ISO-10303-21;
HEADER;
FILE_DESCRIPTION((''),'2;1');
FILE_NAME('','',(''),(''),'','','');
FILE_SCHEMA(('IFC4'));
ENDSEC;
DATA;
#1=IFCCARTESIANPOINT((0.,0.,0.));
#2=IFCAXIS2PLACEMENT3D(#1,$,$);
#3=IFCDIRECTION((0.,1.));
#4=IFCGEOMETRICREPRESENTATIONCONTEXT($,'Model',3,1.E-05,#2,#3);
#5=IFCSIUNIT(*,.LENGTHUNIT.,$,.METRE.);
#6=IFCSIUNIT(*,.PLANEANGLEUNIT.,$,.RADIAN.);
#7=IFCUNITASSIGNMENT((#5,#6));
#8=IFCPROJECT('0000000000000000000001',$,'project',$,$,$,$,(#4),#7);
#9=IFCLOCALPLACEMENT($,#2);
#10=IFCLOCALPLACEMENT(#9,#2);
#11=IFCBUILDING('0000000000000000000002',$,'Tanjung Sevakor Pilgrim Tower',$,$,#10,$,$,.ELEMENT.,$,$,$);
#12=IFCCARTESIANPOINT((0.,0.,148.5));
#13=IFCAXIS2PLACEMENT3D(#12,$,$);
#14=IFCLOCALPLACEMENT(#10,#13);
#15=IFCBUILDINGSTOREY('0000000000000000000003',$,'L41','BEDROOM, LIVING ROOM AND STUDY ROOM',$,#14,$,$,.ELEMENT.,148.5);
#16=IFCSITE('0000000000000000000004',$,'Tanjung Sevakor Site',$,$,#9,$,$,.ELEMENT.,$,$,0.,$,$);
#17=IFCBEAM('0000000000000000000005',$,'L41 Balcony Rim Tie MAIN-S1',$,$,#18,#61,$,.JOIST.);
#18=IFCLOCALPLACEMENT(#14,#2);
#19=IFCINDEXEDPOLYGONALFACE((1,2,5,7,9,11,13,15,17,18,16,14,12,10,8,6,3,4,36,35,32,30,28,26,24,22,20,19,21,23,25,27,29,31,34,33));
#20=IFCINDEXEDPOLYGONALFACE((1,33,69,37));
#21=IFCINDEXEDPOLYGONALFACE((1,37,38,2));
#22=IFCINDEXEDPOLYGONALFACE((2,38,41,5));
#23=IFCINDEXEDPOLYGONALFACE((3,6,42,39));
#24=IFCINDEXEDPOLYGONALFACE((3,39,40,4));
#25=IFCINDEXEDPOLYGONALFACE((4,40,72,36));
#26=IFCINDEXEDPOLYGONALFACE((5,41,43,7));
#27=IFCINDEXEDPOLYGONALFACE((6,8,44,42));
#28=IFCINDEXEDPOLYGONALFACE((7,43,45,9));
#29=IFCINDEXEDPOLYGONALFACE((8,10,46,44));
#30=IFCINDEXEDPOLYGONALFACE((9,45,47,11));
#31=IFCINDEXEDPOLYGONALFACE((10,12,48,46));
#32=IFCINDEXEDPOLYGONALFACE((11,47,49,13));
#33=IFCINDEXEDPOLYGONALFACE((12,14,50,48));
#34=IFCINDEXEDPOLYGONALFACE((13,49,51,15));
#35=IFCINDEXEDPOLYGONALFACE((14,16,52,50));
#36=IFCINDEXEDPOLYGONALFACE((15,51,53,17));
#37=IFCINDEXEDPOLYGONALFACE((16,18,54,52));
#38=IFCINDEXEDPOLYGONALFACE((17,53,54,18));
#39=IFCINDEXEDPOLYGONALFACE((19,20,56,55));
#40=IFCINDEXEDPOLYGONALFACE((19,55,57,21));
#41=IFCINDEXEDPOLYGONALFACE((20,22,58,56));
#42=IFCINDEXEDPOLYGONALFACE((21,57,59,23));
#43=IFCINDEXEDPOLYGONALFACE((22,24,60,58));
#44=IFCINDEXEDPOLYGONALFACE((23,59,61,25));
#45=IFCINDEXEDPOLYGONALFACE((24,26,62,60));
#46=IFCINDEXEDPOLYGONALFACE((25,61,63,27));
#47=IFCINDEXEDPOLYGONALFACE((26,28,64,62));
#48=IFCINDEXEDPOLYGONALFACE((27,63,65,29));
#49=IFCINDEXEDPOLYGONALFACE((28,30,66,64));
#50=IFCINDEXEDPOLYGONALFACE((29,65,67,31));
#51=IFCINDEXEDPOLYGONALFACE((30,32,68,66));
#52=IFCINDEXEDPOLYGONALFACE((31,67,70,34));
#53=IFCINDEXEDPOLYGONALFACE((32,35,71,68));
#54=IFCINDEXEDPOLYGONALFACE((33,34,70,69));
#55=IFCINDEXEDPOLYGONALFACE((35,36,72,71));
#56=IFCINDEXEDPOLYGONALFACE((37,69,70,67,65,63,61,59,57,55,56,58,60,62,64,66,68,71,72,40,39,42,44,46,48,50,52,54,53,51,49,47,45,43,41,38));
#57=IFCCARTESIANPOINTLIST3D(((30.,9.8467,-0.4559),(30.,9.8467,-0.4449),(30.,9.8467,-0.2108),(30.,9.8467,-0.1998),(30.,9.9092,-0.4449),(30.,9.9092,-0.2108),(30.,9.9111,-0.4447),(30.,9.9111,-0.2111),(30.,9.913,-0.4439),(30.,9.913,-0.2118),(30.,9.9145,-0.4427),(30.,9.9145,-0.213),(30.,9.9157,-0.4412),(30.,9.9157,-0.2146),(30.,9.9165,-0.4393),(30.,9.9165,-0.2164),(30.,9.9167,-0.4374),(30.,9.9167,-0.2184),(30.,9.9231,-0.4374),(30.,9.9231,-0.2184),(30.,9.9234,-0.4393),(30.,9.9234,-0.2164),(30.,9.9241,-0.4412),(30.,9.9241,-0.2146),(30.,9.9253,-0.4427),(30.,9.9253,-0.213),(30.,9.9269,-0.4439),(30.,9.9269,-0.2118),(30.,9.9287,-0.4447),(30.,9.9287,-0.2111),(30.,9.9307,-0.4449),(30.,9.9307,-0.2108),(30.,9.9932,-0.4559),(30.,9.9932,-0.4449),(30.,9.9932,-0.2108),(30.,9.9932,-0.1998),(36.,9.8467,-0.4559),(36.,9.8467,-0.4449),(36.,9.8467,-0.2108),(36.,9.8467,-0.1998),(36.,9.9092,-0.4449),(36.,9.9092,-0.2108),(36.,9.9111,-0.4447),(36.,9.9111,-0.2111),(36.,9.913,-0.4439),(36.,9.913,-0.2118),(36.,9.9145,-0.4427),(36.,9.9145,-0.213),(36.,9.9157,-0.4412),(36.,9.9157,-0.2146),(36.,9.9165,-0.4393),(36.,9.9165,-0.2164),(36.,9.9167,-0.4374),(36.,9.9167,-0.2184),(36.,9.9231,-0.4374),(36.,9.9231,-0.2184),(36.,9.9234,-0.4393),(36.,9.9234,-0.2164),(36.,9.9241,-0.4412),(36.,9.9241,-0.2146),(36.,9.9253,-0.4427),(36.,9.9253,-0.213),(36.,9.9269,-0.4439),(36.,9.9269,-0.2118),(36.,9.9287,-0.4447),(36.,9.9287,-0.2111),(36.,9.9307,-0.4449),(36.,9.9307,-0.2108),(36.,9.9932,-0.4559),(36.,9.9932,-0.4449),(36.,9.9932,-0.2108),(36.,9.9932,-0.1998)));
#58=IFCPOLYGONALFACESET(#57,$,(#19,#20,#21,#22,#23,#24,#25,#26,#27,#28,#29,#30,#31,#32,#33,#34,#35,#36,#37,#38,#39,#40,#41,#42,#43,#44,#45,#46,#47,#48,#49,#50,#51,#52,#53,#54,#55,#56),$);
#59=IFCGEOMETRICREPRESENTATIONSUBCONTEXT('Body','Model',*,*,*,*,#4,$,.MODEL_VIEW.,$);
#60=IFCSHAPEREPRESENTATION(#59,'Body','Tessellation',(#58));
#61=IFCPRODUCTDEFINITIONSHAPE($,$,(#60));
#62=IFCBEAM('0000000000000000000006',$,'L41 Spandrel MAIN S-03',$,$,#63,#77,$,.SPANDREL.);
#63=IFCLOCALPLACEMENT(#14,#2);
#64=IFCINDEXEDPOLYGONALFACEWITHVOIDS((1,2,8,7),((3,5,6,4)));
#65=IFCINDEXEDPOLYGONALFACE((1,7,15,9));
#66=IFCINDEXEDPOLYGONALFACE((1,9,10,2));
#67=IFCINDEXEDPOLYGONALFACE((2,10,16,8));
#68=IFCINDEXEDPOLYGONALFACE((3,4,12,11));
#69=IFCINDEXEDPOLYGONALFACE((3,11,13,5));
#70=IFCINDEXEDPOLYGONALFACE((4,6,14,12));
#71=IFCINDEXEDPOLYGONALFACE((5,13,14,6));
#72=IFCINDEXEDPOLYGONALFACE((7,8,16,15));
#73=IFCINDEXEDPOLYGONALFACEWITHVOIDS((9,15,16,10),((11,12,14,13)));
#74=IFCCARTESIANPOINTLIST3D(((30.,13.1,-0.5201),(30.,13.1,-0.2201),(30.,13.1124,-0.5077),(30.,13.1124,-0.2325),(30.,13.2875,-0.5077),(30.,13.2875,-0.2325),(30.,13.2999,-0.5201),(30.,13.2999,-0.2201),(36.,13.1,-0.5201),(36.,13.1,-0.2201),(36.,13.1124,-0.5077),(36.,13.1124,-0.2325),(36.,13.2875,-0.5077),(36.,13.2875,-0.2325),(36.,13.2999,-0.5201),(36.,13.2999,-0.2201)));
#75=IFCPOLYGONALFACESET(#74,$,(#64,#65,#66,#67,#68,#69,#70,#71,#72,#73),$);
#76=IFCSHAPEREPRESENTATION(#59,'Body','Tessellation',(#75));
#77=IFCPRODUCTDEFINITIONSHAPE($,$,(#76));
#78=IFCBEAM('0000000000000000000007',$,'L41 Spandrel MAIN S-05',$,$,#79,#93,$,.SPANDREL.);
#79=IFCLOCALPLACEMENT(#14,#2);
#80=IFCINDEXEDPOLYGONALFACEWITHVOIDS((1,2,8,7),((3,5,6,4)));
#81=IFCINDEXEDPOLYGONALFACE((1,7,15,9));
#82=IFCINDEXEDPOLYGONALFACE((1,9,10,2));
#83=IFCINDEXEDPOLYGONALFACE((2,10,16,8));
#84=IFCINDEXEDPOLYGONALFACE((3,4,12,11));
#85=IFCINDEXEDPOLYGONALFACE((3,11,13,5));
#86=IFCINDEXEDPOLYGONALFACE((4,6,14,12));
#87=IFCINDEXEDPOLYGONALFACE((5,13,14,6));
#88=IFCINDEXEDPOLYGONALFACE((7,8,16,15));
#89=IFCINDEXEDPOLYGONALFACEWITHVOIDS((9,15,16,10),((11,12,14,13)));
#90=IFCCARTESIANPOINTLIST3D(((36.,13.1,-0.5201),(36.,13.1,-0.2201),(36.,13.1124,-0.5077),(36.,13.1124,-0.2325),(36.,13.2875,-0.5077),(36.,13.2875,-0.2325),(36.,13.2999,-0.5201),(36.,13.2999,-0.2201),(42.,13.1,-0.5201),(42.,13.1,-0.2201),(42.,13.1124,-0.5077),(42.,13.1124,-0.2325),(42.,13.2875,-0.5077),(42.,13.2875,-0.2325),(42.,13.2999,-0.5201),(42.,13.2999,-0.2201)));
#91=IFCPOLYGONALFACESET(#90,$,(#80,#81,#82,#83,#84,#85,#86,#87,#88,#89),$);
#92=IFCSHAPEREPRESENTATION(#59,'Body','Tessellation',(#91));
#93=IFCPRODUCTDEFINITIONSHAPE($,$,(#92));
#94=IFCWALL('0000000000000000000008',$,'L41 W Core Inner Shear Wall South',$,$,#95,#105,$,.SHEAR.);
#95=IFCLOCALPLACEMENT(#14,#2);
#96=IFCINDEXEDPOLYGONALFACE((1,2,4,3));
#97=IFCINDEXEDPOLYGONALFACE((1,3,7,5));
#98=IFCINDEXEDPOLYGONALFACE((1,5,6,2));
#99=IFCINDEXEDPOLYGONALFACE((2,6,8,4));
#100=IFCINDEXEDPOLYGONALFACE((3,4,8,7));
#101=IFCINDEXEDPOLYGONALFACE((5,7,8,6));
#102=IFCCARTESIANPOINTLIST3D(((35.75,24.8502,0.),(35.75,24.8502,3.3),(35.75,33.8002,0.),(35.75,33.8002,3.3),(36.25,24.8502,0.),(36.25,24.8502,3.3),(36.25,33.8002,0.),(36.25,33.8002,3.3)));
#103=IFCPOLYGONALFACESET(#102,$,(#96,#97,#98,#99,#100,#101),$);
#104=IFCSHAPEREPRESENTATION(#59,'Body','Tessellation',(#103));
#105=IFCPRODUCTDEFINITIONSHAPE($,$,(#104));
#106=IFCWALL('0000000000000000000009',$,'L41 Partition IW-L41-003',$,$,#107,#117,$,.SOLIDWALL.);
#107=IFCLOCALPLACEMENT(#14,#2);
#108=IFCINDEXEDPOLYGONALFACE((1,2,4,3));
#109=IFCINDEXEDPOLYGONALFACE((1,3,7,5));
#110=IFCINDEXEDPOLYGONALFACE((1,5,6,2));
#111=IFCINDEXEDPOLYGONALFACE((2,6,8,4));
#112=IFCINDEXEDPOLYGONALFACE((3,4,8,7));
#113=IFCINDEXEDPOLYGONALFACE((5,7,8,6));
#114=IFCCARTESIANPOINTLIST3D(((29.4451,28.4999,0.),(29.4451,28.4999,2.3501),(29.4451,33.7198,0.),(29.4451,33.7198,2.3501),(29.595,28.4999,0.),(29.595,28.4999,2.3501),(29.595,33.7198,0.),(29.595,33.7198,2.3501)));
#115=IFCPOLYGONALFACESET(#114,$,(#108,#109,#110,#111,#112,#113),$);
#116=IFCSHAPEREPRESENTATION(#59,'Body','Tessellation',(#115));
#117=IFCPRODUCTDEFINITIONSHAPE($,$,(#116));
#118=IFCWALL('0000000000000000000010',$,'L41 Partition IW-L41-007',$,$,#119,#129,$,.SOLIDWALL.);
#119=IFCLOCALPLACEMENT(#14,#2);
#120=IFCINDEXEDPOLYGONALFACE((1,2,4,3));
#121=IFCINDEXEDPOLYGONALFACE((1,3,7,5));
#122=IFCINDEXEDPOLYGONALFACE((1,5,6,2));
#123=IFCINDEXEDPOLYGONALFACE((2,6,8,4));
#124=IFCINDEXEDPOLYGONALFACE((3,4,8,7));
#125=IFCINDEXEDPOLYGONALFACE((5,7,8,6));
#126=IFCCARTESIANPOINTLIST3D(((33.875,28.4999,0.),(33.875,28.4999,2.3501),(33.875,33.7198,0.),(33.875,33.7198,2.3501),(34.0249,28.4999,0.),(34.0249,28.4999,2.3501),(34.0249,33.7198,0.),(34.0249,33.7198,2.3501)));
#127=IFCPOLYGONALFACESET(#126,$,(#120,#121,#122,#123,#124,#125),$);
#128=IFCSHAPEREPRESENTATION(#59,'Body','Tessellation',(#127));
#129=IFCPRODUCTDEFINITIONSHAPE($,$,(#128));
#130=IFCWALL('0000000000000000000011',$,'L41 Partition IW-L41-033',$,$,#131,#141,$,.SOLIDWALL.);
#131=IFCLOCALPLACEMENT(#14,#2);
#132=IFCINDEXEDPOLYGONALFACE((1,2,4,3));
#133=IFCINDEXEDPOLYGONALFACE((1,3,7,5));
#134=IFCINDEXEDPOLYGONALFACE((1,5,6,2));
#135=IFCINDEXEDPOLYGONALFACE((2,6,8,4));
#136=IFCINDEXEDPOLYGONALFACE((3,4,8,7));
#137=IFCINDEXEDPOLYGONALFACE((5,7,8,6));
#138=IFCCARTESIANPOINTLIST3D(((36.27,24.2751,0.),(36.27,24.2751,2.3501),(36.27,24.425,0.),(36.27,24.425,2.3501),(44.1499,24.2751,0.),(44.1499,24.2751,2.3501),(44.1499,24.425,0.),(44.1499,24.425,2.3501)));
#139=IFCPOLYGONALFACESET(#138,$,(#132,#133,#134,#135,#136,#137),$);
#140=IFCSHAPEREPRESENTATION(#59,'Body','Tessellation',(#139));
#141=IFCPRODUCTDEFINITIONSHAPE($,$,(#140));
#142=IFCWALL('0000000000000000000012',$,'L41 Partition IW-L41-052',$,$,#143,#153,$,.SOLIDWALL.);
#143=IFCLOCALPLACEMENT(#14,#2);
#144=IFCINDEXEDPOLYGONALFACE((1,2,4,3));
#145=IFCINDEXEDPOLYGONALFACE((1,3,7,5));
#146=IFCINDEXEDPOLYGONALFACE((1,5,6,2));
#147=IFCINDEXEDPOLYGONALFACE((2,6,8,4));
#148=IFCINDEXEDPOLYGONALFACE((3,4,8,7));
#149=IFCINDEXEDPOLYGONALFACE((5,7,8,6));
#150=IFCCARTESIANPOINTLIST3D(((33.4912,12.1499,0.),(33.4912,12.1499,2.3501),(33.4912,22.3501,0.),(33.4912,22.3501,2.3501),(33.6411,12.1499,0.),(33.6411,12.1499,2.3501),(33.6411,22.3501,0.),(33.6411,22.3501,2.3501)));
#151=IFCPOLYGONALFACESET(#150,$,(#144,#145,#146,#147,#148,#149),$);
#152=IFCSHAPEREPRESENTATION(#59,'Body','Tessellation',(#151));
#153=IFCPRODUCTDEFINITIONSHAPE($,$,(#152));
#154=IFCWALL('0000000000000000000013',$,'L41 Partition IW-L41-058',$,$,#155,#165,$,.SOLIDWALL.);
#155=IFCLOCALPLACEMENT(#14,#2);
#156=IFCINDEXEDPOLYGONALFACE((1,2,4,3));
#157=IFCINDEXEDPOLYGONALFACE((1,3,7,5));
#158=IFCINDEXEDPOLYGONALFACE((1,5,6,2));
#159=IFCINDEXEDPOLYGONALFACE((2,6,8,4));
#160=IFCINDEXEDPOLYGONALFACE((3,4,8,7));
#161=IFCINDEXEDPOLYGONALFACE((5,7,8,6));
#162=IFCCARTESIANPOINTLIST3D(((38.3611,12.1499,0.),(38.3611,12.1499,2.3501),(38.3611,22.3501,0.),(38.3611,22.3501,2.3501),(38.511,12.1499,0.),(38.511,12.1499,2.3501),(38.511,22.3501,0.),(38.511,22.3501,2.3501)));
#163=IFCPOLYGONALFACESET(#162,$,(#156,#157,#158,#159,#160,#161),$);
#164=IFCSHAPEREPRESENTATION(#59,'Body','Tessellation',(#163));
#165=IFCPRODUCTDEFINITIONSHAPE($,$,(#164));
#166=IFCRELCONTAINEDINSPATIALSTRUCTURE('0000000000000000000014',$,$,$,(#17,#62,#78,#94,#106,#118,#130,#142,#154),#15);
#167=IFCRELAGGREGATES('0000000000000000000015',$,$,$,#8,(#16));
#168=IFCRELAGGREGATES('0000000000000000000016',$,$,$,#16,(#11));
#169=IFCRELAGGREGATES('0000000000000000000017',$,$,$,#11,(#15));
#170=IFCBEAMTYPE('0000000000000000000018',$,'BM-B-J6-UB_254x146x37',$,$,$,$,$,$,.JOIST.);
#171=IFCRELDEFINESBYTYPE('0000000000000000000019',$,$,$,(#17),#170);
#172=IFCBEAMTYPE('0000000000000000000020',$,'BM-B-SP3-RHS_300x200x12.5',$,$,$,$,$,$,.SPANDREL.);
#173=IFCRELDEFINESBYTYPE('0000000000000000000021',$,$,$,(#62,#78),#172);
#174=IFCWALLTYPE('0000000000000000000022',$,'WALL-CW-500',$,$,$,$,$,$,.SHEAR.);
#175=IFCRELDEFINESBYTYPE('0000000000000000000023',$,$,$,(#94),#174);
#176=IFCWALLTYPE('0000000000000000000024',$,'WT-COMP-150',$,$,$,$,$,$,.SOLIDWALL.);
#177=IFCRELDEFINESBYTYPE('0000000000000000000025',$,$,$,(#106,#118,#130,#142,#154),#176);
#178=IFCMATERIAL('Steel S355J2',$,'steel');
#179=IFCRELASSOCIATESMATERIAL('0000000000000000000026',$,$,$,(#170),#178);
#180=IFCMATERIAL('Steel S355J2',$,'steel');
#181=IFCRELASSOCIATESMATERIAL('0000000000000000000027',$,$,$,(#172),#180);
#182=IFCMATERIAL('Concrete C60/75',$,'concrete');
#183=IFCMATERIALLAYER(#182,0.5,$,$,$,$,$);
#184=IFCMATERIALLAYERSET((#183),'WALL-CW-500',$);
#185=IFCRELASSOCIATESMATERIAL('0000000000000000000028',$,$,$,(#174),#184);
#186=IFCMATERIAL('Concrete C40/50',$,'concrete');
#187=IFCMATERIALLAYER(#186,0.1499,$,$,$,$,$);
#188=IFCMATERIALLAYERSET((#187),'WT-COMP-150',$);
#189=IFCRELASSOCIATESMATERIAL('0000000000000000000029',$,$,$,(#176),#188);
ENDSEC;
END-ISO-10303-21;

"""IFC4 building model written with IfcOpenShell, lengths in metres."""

from ifc_helpers import new_model, si_unit, direction, frame, frame_2d, origin, origin_2d, place, context, subcontext, project, spatial, rectangle, hollow_rectangle, i_section, extrude, material, layer, layer_set, material_profile, profile_set, type_object, element, save


model = new_model("IFC4")

# Units and contexts
model_context = context("Model", 3, precision=1e-05, world=origin(), true_north=direction((0.0, 1.0)))
body_context = subcontext(model_context, "Body", "Model", "MODEL_VIEW")
ifc_project = project(units=[si_unit("LENGTHUNIT", "METRE"), si_unit("PLANEANGLEUNIT", "RADIAN")], contexts=[model_context])

# Site, building, storey
site_placement = place(None, origin())
site = spatial("IfcSite", under=ifc_project, at=site_placement, Name="Tanjung Sevakor Site", CompositionType="ELEMENT", RefElevation=0.0)
building_placement = place(site_placement, origin())
building = spatial("IfcBuilding", under=site, at=building_placement, Name="Tanjung Sevakor Pilgrim Tower", CompositionType="ELEMENT")
storey_placement = place(building_placement, frame((0.0, 0.0, 148.5)))
storey = spatial("IfcBuildingStorey", under=building, at=storey_placement, Name="L41", Description="BEDROOM, LIVING ROOM AND STUDY ROOM", CompositionType="ELEMENT", Elevation=148.5)

# Beams
ifc_material_1 = material(Name="Steel S355J2", Category="steel")
ifc_material_profile_1 = material_profile(ifc_material_1, i_section(OverallWidth=0.1465, OverallDepth=0.2561, WebThickness=0.0063, FlangeThickness=0.011, FilletRadius=0.0076, at=origin_2d()))
ifc_profile_set_1 = profile_set([ifc_material_profile_1], Name="Steel S355J2")
beam_type_1 = type_object("IfcBeamType", Name="BM-B-J6-UB_254x146x37", PredefinedType="JOIST", material=ifc_profile_set_1)
beam_1_placement = place(storey_placement, frame((30.0, 9.9199, -0.3279), z_axis=(1.0, 0.0, 0.0), x_axis=(0.0, 1.0, 0.0)))
element("IfcBeam", 1, at=beam_1_placement, inside=storey, type_object=beam_type_1, Name="L41 Balcony Rim Tie MAIN-S1", PredefinedType="JOIST", context=body_context, shape_type="SweptSolid", body=[
    extrude(i_section(OverallWidth=0.1465, OverallDepth=0.2561, WebThickness=0.0063, FlangeThickness=0.011, FilletRadius=0.0076, at=origin_2d()), origin(), (0.0, 0.0, 1.0), 6.0),
])
ifc_material_2 = material(Name="Steel S355J2", Category="steel")
ifc_material_profile_2 = material_profile(ifc_material_2, hollow_rectangle(XDim=0.2, YDim=0.3, WallThickness=0.0125, at=origin_2d()))
ifc_profile_set_2 = profile_set([ifc_material_profile_2], Name="Steel S355J2")
beam_type_2 = type_object("IfcBeamType", Name="BM-B-SP3-RHS_300x200x12.5", PredefinedType="SPANDREL", material=ifc_profile_set_2)
for number, where, z_axis, x_axis, name in (
    (2, (30.0, 13.2, -0.3701), (1.0, 0.0, 0.0), (0.0, 1.0, 0.0), "L41 Spandrel MAIN S-03"),
    (3, (36.0, 13.2, -0.3701), (1.0, 0.0, 0.0), (0.0, 1.0, 0.0), "L41 Spandrel MAIN S-05"),
):
    element("IfcBeam", number, at=place(storey_placement, frame(where, z_axis=z_axis, x_axis=x_axis)), inside=storey, type_object=beam_type_2, Name=name, PredefinedType="SPANDREL", context=body_context, shape_type="SweptSolid", body=[
        extrude(hollow_rectangle(XDim=0.2, YDim=0.3, WallThickness=0.0125, at=origin_2d()), origin(), (0.0, 0.0, 1.0), 6.0),
    ])

# Walls
ifc_material_3 = material(Name="Concrete C60/75", Category="concrete")
ifc_layer_1 = layer(ifc_material_3, 0.5)
ifc_layer_set_1 = layer_set([ifc_layer_1], Name="WALL-CW-500")
wall_type_1 = type_object("IfcWallType", Name="WALL-CW-500", PredefinedType="SHEAR", material=ifc_layer_set_1)
wall_1_placement = place(storey_placement, frame((36.0, 24.8501, 0.0), z_axis=(0.0, 0.0, 1.0), x_axis=(0.0, 1.0, 0.0)))
element("IfcWall", 4, at=wall_1_placement, inside=storey, type_object=wall_type_1, Name="L41 W Core Inner Shear Wall South", PredefinedType="SHEAR", context=body_context, shape_type="SweptSolid", body=[
    extrude(rectangle(XDim=8.95, YDim=0.5, at=frame_2d((4.4751, 0.0))), origin(), (0.0, 0.0, 1.0), 3.3),
])
ifc_material_4 = material(Name="Concrete C40/50", Category="concrete")
ifc_layer_2 = layer(ifc_material_4, 0.1499)
ifc_layer_set_2 = layer_set([ifc_layer_2], Name="WT-COMP-150")
wall_type_2 = type_object("IfcWallType", Name="WT-COMP-150", PredefinedType="SOLIDWALL", material=ifc_layer_set_2)
wall_2_placement = place(storey_placement, frame((29.52, 28.5, 0.0), z_axis=(0.0, 0.0, 1.0), x_axis=(0.0, 1.0, 0.0)))
element("IfcWall", 5, at=wall_2_placement, inside=storey, type_object=wall_type_2, Name="L41 Partition IW-L41-003", PredefinedType="SOLIDWALL", context=body_context, shape_type="SweptSolid", body=[
    extrude(rectangle(XDim=5.22, YDim=0.1499, at=frame_2d((2.6099, 0.0))), origin(), (0.0, 0.0, 1.0), 2.3501),
])

# Wall
wall_3_placement = place(storey_placement, frame((33.95, 28.5, 0.0), z_axis=(0.0, 0.0, 1.0), x_axis=(0.0, 1.0, 0.0)))
element("IfcWall", 6, at=wall_3_placement, inside=storey, type_object=wall_type_2, Name="L41 Partition IW-L41-007", PredefinedType="SOLIDWALL", context=body_context, shape_type="SweptSolid", body=[
    extrude(rectangle(XDim=5.22, YDim=0.1499, at=frame_2d((2.6099, 0.0))), origin(), (0.0, 0.0, 1.0), 2.3501),
])

# Walls
wall_4_placement = place(storey_placement, frame((36.27, 24.3501, 0.0), z_axis=(0.0, 0.0, 1.0), x_axis=(1.0, 0.0, 0.0)))
element("IfcWall", 7, at=wall_4_placement, inside=storey, type_object=wall_type_2, Name="L41 Partition IW-L41-033", PredefinedType="SOLIDWALL", context=body_context, shape_type="SweptSolid", body=[
    extrude(rectangle(XDim=7.8799, YDim=0.1499, at=frame_2d((3.9399, 0.0))), origin(), (0.0, 0.0, 1.0), 2.3501),
])
for number, where, z_axis, x_axis, name in (
    (8, (33.5662, 12.1499, 0.0), (0.0, 0.0, 1.0), (0.0, 1.0, 0.0), "L41 Partition IW-L41-052"),
    (9, (38.436, 12.1499, 0.0), (0.0, 0.0, 1.0), (0.0, 1.0, 0.0), "L41 Partition IW-L41-058"),
):
    element("IfcWall", number, at=place(storey_placement, frame(where, z_axis=z_axis, x_axis=x_axis)), inside=storey, type_object=wall_type_2, Name=name, PredefinedType="SOLIDWALL", context=body_context, shape_type="SweptSolid", body=[
        extrude(rectangle(XDim=10.2002, YDim=0.1499, at=frame_2d((5.1001, 0.0))), origin(), (0.0, 0.0, 1.0), 2.3501),
    ])

save(model, "model.ifc")
